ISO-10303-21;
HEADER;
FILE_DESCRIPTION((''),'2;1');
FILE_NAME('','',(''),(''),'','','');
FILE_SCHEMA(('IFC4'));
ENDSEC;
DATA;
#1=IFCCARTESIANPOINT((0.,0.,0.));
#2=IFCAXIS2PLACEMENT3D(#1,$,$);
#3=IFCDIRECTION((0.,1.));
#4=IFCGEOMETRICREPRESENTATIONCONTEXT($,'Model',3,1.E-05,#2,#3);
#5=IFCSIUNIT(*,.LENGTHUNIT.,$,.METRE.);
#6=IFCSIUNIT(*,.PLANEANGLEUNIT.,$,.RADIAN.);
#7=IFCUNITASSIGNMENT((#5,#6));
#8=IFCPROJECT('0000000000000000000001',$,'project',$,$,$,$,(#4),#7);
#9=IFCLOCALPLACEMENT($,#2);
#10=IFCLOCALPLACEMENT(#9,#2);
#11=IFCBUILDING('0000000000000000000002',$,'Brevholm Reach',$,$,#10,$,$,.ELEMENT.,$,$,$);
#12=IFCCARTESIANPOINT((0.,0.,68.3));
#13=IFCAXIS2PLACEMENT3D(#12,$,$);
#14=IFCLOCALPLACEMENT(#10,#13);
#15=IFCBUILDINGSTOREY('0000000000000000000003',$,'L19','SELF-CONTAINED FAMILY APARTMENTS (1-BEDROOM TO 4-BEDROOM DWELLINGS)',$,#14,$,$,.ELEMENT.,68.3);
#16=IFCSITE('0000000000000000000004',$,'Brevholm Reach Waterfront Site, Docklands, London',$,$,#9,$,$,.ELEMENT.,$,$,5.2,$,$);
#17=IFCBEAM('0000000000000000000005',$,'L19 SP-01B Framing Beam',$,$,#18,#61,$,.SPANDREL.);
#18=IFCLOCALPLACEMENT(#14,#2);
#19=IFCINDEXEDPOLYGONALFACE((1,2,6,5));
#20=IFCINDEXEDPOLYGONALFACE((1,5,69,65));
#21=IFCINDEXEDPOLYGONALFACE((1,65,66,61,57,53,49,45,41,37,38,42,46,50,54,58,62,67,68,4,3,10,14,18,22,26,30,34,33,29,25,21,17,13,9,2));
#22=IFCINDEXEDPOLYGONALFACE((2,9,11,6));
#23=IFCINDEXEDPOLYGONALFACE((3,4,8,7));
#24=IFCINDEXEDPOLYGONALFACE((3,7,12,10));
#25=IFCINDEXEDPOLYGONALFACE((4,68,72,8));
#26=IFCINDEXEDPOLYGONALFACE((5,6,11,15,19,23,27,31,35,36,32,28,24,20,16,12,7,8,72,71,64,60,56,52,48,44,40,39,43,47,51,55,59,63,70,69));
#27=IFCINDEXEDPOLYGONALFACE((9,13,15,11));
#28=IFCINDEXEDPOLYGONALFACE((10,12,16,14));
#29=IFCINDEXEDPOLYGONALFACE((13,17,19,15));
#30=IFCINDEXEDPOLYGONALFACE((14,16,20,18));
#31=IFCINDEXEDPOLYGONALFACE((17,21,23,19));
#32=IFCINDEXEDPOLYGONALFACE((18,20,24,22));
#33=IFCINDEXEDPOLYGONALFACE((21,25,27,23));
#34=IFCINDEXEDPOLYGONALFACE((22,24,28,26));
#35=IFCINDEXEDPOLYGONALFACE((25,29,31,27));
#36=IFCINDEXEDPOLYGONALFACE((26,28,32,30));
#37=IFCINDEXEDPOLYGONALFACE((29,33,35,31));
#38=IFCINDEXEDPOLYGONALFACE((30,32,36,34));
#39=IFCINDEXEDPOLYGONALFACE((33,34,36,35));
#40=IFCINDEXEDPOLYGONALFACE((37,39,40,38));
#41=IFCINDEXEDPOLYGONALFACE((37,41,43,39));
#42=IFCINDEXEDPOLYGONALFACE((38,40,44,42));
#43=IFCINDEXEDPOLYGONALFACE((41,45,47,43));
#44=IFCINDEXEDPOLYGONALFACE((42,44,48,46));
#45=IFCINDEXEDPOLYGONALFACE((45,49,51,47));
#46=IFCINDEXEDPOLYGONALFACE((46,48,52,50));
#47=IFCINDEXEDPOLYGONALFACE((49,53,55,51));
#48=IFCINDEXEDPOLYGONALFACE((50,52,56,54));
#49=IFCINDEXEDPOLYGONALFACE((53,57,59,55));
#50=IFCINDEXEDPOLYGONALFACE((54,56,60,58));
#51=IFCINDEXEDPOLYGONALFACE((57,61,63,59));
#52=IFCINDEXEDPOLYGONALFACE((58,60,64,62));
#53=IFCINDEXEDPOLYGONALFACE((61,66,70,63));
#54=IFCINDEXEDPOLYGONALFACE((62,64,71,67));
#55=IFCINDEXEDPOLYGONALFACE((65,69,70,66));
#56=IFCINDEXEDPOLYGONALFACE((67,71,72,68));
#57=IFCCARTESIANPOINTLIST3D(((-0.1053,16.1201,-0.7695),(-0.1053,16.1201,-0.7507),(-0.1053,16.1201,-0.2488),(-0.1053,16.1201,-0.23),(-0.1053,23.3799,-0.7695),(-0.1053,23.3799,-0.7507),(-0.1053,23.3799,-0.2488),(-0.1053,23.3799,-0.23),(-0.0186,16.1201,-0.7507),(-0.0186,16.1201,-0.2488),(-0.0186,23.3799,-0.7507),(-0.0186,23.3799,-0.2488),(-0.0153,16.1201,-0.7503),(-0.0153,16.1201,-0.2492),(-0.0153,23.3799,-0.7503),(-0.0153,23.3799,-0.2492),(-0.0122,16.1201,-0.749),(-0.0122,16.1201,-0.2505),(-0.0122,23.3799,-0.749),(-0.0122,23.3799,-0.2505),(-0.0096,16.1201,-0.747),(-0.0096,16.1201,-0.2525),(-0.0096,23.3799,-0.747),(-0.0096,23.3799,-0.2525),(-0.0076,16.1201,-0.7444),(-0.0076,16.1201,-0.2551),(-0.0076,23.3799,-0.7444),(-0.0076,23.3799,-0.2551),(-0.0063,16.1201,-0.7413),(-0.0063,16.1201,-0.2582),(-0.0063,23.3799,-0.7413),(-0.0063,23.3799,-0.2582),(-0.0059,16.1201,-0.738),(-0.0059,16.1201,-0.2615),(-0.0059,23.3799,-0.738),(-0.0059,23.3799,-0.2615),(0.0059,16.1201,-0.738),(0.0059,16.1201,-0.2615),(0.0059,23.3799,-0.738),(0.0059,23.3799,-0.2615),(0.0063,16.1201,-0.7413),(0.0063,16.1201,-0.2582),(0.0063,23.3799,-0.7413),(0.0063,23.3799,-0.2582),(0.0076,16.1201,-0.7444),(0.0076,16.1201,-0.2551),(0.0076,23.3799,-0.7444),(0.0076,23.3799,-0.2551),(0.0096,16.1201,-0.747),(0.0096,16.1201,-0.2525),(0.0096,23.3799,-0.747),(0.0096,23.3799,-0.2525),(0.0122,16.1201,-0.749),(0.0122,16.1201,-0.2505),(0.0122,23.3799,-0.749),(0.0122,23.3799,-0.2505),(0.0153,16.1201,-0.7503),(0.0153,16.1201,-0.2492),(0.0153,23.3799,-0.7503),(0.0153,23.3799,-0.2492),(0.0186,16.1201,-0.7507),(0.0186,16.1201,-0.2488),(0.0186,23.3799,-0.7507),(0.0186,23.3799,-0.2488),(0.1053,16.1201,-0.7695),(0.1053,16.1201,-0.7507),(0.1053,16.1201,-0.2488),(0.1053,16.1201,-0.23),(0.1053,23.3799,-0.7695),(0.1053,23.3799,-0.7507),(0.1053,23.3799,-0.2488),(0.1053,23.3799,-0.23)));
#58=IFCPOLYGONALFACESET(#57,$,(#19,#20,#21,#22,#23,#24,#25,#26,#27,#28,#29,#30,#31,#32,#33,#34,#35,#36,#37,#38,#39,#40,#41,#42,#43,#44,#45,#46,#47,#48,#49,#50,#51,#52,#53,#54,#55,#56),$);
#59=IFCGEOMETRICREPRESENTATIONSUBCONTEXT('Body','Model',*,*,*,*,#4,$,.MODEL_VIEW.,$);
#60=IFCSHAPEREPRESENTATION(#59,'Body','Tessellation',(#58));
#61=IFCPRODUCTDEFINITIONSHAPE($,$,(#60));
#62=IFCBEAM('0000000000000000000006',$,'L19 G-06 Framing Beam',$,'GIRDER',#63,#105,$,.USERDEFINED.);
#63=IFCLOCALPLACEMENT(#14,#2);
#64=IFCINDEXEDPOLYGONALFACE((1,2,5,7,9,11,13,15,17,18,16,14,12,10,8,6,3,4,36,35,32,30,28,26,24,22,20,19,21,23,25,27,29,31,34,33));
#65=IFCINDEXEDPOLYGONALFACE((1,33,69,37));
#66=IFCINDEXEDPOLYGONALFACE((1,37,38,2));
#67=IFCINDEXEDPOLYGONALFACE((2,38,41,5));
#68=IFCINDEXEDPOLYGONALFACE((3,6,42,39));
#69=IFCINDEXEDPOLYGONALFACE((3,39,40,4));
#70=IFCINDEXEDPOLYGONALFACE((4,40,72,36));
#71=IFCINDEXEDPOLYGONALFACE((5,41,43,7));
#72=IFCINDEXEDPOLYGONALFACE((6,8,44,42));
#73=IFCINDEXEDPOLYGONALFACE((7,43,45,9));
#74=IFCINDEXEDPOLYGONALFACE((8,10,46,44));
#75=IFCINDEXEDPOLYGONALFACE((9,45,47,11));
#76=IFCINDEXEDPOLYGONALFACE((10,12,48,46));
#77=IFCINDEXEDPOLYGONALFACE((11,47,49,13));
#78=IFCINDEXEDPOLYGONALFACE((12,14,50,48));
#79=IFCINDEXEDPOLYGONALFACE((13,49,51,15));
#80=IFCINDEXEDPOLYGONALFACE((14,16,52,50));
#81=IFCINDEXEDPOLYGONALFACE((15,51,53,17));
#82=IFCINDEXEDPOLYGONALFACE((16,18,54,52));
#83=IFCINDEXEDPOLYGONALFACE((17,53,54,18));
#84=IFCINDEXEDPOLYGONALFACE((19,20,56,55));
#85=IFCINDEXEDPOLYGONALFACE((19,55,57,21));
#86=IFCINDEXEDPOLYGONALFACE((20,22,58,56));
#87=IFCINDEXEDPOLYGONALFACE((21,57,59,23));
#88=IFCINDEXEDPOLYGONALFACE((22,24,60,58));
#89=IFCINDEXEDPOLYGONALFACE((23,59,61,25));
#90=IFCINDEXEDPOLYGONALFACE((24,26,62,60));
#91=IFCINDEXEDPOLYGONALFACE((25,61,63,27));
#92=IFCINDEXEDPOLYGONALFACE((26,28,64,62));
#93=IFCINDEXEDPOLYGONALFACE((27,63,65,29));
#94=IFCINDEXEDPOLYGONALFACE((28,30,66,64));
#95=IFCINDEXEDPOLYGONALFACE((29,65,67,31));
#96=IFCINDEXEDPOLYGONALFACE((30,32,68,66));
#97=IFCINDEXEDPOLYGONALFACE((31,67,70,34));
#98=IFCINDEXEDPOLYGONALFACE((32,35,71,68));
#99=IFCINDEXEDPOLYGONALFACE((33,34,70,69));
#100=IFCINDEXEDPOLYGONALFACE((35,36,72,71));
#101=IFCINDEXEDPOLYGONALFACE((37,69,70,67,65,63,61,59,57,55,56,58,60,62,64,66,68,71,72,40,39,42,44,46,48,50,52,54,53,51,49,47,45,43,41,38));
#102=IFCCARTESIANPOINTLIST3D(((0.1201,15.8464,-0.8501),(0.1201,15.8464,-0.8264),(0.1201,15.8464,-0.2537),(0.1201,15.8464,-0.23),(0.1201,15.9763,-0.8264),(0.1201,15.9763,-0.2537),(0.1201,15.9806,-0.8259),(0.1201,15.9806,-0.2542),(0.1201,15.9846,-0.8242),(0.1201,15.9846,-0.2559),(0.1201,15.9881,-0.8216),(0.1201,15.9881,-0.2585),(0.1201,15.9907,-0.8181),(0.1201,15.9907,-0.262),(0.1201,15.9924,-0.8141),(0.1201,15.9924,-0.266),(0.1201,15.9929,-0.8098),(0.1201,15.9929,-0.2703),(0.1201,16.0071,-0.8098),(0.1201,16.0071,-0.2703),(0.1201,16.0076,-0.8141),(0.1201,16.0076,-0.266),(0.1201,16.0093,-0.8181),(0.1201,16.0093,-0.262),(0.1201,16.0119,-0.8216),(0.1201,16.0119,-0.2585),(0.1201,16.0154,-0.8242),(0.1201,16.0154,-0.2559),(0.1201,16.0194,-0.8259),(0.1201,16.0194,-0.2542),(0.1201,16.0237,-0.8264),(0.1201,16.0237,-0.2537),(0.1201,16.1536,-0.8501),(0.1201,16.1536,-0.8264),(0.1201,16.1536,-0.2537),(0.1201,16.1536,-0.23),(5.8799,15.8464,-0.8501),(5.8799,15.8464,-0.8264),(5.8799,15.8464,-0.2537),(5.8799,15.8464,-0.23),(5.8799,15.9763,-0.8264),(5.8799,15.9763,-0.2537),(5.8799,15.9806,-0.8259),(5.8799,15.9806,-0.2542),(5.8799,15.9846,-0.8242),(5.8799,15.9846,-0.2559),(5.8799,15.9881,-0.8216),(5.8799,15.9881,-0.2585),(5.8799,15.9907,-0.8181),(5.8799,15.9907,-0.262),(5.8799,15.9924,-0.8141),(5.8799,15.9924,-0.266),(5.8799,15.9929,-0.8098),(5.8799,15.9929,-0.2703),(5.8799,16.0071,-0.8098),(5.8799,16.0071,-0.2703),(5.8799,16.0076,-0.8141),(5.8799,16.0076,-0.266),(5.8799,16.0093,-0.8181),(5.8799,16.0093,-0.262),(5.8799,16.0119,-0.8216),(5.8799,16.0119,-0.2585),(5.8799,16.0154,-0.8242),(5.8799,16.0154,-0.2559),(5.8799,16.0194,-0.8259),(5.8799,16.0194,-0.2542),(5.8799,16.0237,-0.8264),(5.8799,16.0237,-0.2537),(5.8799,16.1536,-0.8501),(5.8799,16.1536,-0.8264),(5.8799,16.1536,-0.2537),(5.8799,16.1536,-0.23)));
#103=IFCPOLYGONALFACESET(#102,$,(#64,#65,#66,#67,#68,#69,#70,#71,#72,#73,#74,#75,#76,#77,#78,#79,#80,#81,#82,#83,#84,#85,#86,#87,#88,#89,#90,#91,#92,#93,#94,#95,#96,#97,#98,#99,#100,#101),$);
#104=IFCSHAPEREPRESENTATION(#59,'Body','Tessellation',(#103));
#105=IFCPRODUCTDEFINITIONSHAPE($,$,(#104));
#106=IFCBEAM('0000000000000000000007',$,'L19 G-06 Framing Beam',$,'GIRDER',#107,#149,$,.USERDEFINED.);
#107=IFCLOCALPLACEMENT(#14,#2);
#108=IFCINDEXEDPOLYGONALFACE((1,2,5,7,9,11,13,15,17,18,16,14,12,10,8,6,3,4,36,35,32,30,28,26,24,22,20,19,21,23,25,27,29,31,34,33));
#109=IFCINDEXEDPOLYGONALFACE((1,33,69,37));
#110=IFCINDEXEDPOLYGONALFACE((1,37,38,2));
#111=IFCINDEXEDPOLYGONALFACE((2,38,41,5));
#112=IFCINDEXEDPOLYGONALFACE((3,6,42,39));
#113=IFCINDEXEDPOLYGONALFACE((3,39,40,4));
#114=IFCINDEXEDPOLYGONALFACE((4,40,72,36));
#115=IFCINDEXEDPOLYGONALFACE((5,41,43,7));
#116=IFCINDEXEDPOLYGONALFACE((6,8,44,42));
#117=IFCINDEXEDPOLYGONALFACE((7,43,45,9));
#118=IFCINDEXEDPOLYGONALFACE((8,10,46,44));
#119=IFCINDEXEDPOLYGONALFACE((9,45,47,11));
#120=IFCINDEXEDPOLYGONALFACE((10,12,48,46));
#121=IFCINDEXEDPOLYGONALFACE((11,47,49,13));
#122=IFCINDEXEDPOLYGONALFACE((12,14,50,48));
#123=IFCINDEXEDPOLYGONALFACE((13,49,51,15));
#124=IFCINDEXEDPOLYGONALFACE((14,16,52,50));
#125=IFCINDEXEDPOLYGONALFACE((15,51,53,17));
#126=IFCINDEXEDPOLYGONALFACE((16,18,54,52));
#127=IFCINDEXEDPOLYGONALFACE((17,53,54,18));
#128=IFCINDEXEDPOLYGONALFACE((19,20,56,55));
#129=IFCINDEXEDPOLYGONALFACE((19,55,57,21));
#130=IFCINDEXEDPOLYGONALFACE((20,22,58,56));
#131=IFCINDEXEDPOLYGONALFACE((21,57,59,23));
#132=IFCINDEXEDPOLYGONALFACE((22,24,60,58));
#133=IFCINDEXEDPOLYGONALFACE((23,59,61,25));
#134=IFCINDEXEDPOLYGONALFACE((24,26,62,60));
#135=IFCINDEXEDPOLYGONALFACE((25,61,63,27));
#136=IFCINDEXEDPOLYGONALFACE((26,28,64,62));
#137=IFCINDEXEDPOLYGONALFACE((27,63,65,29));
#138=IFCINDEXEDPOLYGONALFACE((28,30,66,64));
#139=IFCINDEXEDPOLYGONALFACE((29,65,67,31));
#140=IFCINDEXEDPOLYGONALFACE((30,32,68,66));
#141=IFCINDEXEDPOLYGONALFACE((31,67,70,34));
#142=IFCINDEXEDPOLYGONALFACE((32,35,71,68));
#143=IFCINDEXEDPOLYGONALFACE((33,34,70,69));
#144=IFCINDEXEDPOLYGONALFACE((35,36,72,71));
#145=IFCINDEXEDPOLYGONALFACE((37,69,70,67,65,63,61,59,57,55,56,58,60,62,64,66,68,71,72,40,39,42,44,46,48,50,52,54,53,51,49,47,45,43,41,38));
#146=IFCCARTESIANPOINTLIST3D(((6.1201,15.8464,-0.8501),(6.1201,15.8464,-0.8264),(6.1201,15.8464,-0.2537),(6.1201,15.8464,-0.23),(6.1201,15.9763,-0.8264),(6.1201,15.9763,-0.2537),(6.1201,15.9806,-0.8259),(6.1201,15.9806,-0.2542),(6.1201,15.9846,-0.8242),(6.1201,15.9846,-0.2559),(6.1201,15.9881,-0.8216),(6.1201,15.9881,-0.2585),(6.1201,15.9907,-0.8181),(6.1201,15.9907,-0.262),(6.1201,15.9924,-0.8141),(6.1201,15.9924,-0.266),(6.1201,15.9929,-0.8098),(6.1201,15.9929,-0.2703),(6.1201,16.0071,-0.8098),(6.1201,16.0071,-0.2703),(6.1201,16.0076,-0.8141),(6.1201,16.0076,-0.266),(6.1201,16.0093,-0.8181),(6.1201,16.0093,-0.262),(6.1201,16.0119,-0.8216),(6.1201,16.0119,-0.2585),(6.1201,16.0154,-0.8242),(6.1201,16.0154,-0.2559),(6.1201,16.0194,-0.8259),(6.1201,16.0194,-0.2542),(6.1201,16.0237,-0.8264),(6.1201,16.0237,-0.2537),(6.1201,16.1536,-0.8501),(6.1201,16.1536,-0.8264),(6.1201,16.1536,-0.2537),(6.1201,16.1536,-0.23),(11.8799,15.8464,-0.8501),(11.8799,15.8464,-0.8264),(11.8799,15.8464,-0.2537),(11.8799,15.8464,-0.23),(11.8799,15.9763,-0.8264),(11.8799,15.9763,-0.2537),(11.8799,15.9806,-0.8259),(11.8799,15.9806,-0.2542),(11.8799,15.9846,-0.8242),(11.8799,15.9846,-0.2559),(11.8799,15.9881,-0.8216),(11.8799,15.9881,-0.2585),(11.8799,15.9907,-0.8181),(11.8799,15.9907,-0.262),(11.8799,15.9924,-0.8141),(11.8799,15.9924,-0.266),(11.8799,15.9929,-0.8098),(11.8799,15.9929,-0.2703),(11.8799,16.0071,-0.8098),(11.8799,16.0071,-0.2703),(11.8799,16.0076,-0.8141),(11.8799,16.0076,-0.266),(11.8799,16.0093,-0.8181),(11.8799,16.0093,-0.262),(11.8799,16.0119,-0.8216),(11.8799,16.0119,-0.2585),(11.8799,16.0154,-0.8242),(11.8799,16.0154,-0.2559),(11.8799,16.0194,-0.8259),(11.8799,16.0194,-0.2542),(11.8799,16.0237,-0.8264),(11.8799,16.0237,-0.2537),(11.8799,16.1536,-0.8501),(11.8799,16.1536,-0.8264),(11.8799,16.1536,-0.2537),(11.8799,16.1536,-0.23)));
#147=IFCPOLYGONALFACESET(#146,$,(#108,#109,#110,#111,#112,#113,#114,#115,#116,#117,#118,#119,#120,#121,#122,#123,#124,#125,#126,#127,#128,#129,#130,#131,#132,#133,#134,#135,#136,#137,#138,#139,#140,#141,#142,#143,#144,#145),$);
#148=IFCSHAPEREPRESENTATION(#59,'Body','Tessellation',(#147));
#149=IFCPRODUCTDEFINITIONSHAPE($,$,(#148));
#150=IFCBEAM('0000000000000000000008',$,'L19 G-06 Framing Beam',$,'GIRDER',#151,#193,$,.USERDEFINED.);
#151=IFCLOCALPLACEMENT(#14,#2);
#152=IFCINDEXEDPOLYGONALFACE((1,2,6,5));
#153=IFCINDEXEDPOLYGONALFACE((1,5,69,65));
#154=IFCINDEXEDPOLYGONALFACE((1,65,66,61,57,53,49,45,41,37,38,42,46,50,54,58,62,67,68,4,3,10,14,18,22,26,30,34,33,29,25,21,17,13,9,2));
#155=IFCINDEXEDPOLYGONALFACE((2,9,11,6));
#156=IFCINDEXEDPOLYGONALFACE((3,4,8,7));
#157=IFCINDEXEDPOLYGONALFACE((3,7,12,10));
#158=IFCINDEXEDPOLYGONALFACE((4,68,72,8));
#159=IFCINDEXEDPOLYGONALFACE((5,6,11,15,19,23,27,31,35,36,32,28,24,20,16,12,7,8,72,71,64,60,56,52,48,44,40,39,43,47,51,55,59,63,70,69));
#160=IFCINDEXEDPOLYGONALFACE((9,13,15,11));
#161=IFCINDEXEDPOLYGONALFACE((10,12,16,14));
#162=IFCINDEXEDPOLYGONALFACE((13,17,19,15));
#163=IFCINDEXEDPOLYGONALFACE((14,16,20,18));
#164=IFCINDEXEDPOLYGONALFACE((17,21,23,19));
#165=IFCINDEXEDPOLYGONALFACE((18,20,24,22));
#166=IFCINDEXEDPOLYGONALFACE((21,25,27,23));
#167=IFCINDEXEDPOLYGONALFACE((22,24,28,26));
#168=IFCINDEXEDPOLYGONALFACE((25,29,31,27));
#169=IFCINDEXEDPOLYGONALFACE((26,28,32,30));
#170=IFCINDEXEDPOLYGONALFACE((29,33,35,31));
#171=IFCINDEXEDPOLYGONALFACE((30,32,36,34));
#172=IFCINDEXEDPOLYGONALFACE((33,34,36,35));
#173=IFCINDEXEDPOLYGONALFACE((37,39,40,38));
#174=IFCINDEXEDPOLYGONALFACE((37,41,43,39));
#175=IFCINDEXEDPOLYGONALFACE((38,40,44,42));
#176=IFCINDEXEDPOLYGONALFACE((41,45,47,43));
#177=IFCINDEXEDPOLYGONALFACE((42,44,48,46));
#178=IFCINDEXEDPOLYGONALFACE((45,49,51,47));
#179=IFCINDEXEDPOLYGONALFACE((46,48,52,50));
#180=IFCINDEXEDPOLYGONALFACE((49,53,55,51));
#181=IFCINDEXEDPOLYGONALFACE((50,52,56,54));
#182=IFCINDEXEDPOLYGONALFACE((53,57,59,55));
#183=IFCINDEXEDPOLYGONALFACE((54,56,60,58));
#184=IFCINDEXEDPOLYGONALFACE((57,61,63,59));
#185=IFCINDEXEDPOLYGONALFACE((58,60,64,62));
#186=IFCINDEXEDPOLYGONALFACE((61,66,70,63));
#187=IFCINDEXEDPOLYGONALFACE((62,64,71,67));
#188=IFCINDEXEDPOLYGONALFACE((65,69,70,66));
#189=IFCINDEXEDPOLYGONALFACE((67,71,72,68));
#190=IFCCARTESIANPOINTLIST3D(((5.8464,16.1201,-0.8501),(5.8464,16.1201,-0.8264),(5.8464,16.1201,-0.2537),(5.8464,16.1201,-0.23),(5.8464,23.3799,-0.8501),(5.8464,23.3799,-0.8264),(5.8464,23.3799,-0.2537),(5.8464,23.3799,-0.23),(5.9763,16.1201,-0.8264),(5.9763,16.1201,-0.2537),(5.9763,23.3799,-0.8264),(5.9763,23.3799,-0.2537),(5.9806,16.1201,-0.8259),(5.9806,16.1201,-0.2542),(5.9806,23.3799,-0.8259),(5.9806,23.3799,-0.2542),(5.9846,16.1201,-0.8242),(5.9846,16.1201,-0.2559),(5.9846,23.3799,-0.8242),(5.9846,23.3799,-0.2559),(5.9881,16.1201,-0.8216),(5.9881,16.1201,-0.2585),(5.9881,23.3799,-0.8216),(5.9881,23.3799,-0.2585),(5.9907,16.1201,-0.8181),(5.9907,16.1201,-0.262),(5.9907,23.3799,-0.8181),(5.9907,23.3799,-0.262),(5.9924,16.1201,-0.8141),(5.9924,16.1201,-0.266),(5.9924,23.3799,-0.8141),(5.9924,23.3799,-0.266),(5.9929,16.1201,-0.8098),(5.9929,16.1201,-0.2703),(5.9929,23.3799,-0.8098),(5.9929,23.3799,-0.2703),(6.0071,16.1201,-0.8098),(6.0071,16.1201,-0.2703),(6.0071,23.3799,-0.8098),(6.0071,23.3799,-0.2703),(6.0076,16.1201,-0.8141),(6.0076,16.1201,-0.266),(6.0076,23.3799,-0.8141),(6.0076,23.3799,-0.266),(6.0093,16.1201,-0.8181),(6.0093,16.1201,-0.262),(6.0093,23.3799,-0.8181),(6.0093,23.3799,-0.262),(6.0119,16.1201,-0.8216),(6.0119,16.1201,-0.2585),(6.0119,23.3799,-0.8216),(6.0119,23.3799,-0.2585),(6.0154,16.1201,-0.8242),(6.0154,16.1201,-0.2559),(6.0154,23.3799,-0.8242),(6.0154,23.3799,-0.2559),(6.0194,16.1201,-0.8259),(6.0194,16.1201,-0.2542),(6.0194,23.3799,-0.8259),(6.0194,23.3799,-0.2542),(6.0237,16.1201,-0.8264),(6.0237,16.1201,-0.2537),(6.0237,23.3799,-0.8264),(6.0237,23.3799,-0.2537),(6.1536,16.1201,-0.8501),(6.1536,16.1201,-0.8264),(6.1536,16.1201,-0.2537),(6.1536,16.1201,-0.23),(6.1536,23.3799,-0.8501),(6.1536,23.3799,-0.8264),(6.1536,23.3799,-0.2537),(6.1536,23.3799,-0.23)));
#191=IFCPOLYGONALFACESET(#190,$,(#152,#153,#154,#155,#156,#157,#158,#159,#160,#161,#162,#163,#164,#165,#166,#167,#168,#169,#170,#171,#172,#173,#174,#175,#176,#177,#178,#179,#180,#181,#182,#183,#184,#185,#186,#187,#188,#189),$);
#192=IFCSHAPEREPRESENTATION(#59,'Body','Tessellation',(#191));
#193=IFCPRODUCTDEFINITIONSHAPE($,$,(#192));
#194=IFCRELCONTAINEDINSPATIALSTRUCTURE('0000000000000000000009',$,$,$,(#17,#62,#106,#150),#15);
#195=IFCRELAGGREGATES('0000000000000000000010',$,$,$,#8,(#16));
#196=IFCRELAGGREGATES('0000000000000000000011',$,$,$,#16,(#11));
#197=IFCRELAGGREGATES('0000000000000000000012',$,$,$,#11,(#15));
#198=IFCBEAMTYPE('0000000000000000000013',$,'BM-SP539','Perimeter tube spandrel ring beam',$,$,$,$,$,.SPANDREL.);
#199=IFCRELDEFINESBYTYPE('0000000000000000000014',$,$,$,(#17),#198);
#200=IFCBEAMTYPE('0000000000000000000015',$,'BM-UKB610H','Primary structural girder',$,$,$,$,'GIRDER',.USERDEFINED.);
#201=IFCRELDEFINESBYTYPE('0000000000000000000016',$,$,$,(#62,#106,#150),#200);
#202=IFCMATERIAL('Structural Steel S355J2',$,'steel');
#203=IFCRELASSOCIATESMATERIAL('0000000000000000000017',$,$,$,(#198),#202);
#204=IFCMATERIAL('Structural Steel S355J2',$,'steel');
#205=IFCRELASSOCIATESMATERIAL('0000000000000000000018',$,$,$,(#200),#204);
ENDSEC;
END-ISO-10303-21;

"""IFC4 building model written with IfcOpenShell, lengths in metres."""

from ifc_helpers import new_model, si_unit, direction, frame, origin, origin_2d, place, context, subcontext, project, spatial, i_section, extrude, material, material_profile, profile_set, type_object, element, save


model = new_model("IFC4")

# Units and contexts
model_context = context("Model", 3, precision=1e-05, world=origin(), true_north=direction((0.0, 1.0)))
body_context = subcontext(model_context, "Body", "Model", "MODEL_VIEW")
ifc_project = project(units=[si_unit("LENGTHUNIT", "METRE"), si_unit("PLANEANGLEUNIT", "RADIAN")], contexts=[model_context])

# Site, building, storey
site_placement = place(None, origin())
site = spatial("IfcSite", under=ifc_project, at=site_placement, Name="Brevholm Reach Waterfront Site, Docklands, London", CompositionType="ELEMENT", RefElevation=5.2)
building_placement = place(site_placement, origin())
building = spatial("IfcBuilding", under=site, at=building_placement, Name="Brevholm Reach", CompositionType="ELEMENT")
storey_placement = place(building_placement, frame((0.0, 0.0, 68.3)))
storey = spatial("IfcBuildingStorey", under=building, at=storey_placement, Name="L19", Description="SELF-CONTAINED FAMILY APARTMENTS (1-BEDROOM TO 4-BEDROOM DWELLINGS)", CompositionType="ELEMENT", Elevation=68.3)

# Beams
ifc_material_1 = material(Name="Structural Steel S355J2", Category="steel")
ifc_material_profile_1 = material_profile(ifc_material_1, i_section(OverallWidth=0.2107, OverallDepth=0.5396, WebThickness=0.0117, FlangeThickness=0.0188, FilletRadius=0.0127, at=origin_2d()), Name="UKB 533x210x109")
ifc_profile_set_1 = profile_set([ifc_material_profile_1], Name="Structural Steel S355J2")
beam_type_1 = type_object("IfcBeamType", Name="BM-SP539", Description="Perimeter tube spandrel ring beam", PredefinedType="SPANDREL", material=ifc_profile_set_1)
beam_1_placement = place(storey_placement, frame((0.0, 16.1201, -0.4998), z_axis=(0.0, 1.0, 0.0), x_axis=(-1.0, 0.0, 0.0)))
element("IfcBeam", 1, at=beam_1_placement, inside=storey, type_object=beam_type_1, Name="L19 SP-01B Framing Beam", PredefinedType="SPANDREL", context=body_context, shape_type="SweptSolid", body=[
    extrude(i_section(OverallWidth=0.2107, OverallDepth=0.5396, WebThickness=0.0117, FlangeThickness=0.0188, FilletRadius=0.0127, at=origin_2d()), origin(), (0.0, 0.0, 1.0), 7.2598),
])
ifc_material_2 = material(Name="Structural Steel S355J2", Category="steel")
ifc_material_profile_2 = material_profile(ifc_material_2, i_section(OverallWidth=0.3071, OverallDepth=0.6201, WebThickness=0.0142, FlangeThickness=0.0237, FilletRadius=0.0166, at=origin_2d()), Name="UKB 610x305x179")
ifc_profile_set_2 = profile_set([ifc_material_profile_2], Name="Structural Steel S355J2")
beam_type_2 = type_object("IfcBeamType", Name="BM-UKB610H", Description="Primary structural girder", ElementType="GIRDER", PredefinedType="USERDEFINED", material=ifc_profile_set_2)
for number, where, z_axis, x_axis, name in (
    (2, (0.1201, 16.0, -0.54), (1.0, 0.0, 0.0), (0.0, 1.0, 0.0), "L19 G-06 Framing Beam"),
    (3, (6.1201, 16.0, -0.54), (1.0, 0.0, 0.0), (0.0, 1.0, 0.0), "L19 G-06 Framing Beam"),
):
    element("IfcBeam", number, at=place(storey_placement, frame(where, z_axis=z_axis, x_axis=x_axis)), inside=storey, type_object=beam_type_2, Name=name, ObjectType="GIRDER", PredefinedType="USERDEFINED", context=body_context, shape_type="SweptSolid", body=[
        extrude(i_section(OverallWidth=0.3071, OverallDepth=0.6201, WebThickness=0.0142, FlangeThickness=0.0237, FilletRadius=0.0166, at=origin_2d()), origin(), (0.0, 0.0, 1.0), 5.7598),
    ])
beam_2_placement = place(storey_placement, frame((6.0, 16.1201, -0.54), z_axis=(0.0, 1.0, 0.0), x_axis=(-1.0, 0.0, 0.0)))
element("IfcBeam", 4, at=beam_2_placement, inside=storey, type_object=beam_type_2, Name="L19 G-06 Framing Beam", ObjectType="GIRDER", PredefinedType="USERDEFINED", context=body_context, shape_type="SweptSolid", body=[
    extrude(i_section(OverallWidth=0.3071, OverallDepth=0.6201, WebThickness=0.0142, FlangeThickness=0.0237, FilletRadius=0.0166, at=origin_2d()), origin(), (0.0, 0.0, 1.0), 7.2598),
])

save(model, "model.ifc")
